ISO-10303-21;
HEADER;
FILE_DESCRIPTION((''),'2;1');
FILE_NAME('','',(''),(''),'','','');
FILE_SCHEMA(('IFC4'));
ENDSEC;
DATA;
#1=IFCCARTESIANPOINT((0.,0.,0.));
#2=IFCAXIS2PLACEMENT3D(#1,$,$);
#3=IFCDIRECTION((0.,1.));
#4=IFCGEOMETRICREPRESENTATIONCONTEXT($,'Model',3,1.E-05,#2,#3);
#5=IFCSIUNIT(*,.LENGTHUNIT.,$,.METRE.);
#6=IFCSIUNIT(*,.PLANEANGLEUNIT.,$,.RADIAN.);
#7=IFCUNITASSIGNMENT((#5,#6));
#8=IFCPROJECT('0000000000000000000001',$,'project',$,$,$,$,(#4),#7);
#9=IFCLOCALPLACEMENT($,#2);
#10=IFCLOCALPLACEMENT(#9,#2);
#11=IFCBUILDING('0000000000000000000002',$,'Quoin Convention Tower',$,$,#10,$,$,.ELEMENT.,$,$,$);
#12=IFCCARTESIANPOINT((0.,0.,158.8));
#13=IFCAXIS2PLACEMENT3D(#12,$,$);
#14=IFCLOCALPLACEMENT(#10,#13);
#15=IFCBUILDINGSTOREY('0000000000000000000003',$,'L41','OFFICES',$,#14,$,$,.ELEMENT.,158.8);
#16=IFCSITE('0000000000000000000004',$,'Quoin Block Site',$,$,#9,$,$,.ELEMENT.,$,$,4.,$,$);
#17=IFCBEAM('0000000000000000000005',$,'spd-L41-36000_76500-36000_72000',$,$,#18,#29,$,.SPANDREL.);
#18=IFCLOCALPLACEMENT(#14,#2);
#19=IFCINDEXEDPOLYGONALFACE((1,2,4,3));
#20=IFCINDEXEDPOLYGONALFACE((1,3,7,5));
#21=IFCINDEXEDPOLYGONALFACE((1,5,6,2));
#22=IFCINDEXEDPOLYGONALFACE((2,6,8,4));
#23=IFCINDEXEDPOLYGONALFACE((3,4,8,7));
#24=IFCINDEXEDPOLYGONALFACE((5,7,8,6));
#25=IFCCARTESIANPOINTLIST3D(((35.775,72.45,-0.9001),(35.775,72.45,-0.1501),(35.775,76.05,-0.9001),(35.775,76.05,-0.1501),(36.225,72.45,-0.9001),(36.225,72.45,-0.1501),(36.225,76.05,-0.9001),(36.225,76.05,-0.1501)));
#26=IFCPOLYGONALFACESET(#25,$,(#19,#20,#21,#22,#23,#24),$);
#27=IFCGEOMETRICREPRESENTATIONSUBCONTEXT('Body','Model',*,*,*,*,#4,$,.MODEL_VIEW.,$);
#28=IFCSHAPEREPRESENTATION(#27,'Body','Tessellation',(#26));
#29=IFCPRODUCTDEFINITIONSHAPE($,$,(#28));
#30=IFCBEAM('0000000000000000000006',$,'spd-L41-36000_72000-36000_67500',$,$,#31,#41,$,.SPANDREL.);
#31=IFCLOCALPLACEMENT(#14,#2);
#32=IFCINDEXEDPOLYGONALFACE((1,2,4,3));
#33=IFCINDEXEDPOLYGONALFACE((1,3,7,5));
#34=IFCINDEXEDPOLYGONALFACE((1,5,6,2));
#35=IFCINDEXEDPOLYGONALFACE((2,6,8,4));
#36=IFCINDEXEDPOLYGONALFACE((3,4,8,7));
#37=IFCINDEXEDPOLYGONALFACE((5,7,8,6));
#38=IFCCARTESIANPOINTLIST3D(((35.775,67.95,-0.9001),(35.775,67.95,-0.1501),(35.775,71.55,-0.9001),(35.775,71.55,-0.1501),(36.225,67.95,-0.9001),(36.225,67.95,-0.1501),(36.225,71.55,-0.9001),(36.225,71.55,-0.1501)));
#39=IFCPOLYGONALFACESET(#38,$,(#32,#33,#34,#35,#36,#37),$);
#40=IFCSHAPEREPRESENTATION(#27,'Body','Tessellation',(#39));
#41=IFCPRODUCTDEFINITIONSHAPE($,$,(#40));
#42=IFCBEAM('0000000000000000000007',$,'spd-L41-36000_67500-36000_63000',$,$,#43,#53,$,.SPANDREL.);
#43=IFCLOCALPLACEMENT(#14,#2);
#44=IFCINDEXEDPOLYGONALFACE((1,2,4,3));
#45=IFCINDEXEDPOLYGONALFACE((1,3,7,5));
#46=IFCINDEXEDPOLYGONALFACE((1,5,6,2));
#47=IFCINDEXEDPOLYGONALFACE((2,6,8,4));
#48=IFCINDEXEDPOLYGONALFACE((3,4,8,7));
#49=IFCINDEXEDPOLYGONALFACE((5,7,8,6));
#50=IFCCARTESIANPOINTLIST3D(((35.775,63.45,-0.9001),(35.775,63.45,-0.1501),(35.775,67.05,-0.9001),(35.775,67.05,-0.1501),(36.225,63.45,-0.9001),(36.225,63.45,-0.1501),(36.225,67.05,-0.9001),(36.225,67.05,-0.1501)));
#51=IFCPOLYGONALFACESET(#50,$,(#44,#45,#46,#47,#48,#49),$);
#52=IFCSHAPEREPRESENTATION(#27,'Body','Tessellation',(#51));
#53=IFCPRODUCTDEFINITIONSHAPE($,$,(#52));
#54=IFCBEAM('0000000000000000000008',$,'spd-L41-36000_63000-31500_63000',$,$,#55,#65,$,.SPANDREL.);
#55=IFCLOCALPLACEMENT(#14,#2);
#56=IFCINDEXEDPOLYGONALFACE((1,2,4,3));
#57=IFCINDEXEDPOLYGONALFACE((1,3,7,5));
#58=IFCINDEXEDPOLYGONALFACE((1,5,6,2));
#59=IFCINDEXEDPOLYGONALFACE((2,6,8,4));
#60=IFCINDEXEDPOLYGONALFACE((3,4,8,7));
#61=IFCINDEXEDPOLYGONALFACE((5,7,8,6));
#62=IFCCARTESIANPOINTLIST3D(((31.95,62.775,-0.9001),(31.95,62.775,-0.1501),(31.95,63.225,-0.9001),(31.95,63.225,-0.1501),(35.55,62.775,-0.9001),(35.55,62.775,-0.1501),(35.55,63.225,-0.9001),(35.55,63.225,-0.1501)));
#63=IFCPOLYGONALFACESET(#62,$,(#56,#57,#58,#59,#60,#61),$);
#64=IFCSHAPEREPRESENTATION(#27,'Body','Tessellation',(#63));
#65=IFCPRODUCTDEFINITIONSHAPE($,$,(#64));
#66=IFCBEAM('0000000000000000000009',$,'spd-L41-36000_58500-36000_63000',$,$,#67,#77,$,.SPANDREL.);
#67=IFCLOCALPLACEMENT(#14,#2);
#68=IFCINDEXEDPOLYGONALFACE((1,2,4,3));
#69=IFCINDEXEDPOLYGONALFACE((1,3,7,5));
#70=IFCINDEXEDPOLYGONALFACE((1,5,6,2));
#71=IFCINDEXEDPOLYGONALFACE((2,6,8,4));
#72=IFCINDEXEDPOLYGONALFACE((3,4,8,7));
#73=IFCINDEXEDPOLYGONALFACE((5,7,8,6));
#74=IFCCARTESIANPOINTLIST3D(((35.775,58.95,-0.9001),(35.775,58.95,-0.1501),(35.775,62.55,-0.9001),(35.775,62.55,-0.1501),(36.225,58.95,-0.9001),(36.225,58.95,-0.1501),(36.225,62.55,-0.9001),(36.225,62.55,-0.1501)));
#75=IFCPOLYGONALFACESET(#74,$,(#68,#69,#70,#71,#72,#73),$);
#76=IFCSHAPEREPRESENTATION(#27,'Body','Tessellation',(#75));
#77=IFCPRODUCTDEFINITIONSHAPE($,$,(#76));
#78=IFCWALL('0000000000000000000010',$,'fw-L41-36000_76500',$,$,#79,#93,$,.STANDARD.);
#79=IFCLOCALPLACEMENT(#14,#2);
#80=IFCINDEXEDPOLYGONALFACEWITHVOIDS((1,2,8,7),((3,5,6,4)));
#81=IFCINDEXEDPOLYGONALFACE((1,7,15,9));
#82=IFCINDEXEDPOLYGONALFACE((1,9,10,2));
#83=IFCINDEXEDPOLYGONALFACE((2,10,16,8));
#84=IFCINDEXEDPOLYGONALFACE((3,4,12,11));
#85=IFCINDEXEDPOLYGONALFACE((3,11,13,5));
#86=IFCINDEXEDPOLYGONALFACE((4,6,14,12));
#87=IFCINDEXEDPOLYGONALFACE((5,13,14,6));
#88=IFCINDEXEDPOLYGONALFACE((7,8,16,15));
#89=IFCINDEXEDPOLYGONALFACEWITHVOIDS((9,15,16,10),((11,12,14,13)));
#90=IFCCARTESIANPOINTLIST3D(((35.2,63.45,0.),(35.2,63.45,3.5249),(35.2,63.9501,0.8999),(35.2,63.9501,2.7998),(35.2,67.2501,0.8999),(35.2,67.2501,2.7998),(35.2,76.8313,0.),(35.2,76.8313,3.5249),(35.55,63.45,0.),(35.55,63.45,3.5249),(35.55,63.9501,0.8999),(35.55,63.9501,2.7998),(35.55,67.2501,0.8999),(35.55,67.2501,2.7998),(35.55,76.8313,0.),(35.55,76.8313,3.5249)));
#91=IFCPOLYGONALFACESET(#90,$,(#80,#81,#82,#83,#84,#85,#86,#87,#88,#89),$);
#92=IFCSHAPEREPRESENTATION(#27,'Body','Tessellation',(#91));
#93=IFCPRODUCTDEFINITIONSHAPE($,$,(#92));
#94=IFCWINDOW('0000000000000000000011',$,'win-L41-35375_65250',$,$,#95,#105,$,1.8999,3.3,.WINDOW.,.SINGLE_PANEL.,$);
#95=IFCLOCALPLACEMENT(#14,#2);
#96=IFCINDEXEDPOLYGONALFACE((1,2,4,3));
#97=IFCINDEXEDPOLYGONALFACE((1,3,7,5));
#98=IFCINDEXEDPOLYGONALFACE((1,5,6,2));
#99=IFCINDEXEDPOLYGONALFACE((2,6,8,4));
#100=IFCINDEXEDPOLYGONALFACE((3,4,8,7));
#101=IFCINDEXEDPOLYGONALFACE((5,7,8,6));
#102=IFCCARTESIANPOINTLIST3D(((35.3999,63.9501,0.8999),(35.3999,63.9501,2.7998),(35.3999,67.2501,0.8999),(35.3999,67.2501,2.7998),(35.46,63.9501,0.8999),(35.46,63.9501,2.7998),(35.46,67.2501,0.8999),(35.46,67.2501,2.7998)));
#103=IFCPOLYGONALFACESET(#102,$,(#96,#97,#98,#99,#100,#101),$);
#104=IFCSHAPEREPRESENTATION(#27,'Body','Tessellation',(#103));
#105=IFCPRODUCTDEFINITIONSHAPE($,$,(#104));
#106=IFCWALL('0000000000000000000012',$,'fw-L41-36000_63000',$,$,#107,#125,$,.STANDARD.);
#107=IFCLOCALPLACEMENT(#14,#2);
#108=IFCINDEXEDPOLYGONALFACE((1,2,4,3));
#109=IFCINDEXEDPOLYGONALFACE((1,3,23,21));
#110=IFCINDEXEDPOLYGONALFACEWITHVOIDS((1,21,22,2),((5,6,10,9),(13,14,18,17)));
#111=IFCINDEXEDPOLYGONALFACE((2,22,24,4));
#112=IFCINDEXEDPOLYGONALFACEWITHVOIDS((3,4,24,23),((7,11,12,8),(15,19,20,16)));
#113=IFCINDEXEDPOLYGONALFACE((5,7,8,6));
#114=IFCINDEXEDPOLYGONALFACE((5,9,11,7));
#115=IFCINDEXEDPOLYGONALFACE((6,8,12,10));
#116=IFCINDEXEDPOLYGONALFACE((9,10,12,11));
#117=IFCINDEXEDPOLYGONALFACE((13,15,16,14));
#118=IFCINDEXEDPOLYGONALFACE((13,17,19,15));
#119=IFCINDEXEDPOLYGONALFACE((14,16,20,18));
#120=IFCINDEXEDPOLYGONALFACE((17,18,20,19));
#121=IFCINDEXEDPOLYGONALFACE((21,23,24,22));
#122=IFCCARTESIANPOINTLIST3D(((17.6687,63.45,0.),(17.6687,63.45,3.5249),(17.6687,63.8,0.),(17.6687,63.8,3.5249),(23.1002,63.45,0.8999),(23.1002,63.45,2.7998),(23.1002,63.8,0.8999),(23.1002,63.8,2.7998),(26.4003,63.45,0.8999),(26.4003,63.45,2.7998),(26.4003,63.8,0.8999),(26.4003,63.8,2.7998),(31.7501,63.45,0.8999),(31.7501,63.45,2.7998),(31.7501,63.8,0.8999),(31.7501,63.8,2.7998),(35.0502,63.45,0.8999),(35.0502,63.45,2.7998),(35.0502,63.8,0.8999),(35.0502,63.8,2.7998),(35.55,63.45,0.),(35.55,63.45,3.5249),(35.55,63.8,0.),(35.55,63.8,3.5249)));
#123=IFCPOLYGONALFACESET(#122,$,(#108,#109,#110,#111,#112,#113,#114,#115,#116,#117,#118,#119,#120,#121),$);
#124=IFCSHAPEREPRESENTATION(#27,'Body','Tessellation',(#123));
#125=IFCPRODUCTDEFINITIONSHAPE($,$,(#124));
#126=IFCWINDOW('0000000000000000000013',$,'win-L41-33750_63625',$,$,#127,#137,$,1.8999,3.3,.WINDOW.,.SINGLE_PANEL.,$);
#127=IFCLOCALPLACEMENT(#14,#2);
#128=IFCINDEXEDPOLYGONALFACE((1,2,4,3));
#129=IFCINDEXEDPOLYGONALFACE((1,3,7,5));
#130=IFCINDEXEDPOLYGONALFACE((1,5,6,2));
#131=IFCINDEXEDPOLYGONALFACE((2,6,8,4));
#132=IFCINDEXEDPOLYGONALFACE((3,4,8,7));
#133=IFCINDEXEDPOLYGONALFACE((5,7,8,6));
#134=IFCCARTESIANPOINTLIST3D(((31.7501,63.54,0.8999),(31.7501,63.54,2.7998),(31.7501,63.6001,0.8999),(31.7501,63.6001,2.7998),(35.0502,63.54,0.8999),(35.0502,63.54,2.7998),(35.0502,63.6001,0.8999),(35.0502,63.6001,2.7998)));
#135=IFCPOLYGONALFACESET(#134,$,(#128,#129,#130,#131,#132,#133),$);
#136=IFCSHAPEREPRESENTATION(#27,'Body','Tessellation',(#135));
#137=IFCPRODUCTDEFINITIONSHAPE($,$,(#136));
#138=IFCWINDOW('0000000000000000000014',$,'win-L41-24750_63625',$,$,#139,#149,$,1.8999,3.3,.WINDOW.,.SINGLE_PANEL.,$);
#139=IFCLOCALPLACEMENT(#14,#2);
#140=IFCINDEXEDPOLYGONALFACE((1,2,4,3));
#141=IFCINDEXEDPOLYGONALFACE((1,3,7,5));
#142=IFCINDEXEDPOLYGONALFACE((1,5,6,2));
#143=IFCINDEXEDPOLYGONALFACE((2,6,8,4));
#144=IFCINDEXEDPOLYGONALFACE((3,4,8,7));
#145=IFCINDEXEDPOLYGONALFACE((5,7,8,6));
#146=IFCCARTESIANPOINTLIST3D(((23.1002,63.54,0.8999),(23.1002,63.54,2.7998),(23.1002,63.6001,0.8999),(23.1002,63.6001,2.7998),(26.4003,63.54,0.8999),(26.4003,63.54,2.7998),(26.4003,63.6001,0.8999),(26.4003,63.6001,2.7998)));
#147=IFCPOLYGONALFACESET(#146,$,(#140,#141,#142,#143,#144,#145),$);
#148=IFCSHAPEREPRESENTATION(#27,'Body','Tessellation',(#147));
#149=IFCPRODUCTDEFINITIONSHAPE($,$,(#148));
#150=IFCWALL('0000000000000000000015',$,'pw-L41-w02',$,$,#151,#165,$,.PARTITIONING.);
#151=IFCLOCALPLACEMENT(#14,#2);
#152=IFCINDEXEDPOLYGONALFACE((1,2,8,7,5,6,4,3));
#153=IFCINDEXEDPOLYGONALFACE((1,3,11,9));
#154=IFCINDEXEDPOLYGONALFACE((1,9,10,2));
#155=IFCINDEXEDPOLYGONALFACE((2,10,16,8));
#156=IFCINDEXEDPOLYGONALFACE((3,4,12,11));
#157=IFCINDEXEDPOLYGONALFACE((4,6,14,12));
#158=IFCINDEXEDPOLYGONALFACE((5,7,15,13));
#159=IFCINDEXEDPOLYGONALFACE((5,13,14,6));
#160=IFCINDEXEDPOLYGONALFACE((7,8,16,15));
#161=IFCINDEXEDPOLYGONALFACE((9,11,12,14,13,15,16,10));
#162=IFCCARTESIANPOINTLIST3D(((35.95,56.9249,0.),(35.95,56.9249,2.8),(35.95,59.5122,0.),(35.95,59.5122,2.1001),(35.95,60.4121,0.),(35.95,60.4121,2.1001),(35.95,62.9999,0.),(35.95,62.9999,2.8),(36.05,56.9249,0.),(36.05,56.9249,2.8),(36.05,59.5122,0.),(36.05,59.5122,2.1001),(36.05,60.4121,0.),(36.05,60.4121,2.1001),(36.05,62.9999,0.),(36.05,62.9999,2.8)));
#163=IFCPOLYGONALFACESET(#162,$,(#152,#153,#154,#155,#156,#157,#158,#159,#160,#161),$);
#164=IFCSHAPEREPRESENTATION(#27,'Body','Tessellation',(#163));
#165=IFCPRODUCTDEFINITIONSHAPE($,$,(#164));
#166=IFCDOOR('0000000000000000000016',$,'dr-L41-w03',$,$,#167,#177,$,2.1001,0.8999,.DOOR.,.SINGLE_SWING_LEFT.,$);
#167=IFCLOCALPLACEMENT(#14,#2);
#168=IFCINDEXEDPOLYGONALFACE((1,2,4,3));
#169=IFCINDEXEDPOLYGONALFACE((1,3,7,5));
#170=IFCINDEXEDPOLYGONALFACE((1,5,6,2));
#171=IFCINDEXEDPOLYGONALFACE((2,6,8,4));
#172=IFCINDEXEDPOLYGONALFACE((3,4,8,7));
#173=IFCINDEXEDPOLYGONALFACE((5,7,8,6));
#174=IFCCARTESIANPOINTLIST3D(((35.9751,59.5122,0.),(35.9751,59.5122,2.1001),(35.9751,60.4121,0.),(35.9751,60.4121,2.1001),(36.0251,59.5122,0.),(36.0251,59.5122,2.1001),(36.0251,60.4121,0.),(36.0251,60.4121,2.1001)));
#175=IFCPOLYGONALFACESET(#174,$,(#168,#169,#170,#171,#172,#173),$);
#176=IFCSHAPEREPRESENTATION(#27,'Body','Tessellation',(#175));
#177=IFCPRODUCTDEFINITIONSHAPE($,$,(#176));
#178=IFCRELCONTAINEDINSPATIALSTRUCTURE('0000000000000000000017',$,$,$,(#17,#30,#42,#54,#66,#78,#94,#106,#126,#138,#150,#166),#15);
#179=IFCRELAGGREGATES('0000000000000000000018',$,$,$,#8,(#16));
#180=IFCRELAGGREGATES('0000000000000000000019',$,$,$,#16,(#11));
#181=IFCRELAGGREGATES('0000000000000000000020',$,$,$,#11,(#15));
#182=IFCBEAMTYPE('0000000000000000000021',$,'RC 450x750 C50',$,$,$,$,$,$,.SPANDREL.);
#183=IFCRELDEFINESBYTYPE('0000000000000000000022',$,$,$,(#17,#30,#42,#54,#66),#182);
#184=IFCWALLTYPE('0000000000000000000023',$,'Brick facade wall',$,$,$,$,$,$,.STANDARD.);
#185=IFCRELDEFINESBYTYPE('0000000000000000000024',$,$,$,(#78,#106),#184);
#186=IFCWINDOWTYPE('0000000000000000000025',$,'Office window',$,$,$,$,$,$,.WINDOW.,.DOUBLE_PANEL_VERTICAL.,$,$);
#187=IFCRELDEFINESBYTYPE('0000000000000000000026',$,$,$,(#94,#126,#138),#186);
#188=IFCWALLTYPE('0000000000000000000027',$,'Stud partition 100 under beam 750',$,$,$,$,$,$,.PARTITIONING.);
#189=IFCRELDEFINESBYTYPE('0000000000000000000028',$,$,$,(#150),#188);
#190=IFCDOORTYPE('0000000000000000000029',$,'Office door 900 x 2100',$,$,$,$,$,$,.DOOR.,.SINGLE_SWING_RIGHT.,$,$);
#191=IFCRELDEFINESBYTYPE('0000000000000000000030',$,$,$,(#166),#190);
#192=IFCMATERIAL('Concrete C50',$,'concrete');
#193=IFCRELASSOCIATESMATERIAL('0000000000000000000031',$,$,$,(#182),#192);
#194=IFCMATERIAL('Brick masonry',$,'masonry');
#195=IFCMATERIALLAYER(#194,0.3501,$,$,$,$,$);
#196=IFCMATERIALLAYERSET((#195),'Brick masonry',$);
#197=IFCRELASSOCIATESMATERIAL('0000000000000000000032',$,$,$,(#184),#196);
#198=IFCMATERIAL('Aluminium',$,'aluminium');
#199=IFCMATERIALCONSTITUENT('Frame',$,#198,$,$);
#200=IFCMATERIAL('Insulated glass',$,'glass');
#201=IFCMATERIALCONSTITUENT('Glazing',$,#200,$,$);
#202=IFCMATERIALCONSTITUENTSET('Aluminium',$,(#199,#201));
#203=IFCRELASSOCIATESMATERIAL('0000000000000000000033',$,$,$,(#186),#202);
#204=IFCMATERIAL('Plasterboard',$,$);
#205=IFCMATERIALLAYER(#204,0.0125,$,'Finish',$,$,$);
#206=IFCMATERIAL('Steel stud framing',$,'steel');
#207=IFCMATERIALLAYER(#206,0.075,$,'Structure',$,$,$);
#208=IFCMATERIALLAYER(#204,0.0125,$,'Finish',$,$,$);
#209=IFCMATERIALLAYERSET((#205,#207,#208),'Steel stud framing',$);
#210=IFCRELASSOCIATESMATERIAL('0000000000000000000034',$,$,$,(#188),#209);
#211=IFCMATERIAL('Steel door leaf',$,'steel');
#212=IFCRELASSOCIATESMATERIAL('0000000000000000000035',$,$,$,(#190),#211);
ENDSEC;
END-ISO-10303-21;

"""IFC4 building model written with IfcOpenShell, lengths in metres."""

from ifc_helpers import new_model, si_unit, direction, frame, frame_2d, origin, origin_2d, place, context, subcontext, project, spatial, rectangle, extrude, material, layer, layer_set, constituent, constituent_set, material_profile, profile_set, type_object, element, fill, save


model = new_model("IFC4")

# Units and contexts
model_context = context("Model", 3, precision=1e-05, world=origin(), true_north=direction((0.0, 1.0)))
body_context = subcontext(model_context, "Body", "Model", "MODEL_VIEW")
ifc_project = project(units=[si_unit("LENGTHUNIT", "METRE"), si_unit("PLANEANGLEUNIT", "RADIAN")], contexts=[model_context])

# Site, building, storey
site_placement = place(None, origin())
site = spatial("IfcSite", under=ifc_project, at=site_placement, Name="Quoin Block Site", CompositionType="ELEMENT", RefElevation=4.0)
building_placement = place(site_placement, origin())
building = spatial("IfcBuilding", under=site, at=building_placement, Name="Quoin Convention Tower", CompositionType="ELEMENT")
storey_placement = place(building_placement, frame((0.0, 0.0, 158.8)))
storey = spatial("IfcBuildingStorey", under=building, at=storey_placement, Name="L41", Description="OFFICES", CompositionType="ELEMENT", Elevation=158.8)

# Shared definitions
ifc_material_1 = material(Name="Concrete C50", Category="concrete")

# Beams
ifc_material_profile_1 = material_profile(ifc_material_1, rectangle(XDim=0.45, YDim=0.75, at=origin_2d()), Name="RC 450x750")
ifc_profile_set_1 = profile_set([ifc_material_profile_1], Name="Concrete C50")
beam_type_1 = type_object("IfcBeamType", Name="RC 450x750 C50", PredefinedType="SPANDREL", material=ifc_profile_set_1)
for number, where, z_axis, x_axis, name in (
    (1, (36.0, 76.05, -0.5251), (0.0, -1.0, 0.0), (1.0, 0.0, 0.0), "spd-L41-36000_76500-36000_72000"),
    (2, (36.0, 71.55, -0.5251), (0.0, -1.0, 0.0), (1.0, 0.0, 0.0), "spd-L41-36000_72000-36000_67500"),
    (3, (36.0, 67.05, -0.5251), (0.0, -1.0, 0.0), (1.0, 0.0, 0.0), "spd-L41-36000_67500-36000_63000"),
    (4, (35.55, 63.0, -0.5251), (-1.0, 0.0, 0.0), (0.0, -1.0, 0.0), "spd-L41-36000_63000-31500_63000"),
    (5, (36.0, 58.95, -0.5251), (0.0, 1.0, 0.0), (-1.0, 0.0, 0.0), "spd-L41-36000_58500-36000_63000"),
):
    element("IfcBeam", number, at=place(storey_placement, frame(where, z_axis=z_axis, x_axis=x_axis)), inside=storey, type_object=beam_type_1, Name=name, PredefinedType="SPANDREL", context=body_context, shape_type="SweptSolid", body=[
        extrude(rectangle(XDim=0.45, YDim=0.75, at=origin_2d()), origin(), (0.0, 0.0, 1.0), 3.6001),
    ])

# Wall, opening, window
ifc_material_2 = material(Name="Brick masonry", Category="masonry")
ifc_layer_1 = layer(ifc_material_2, 0.3501)
ifc_layer_set_1 = layer_set([ifc_layer_1], Name="Brick masonry")
wall_type_1 = type_object("IfcWallType", Name="Brick facade wall", PredefinedType="STANDARD", material=ifc_layer_set_1)
wall_1_placement = place(storey_placement, frame((35.375, 76.8313, 0.0), z_axis=(0.0, 0.0, 1.0), x_axis=(0.0, -1.0, 0.0)))
wall_1 = element("IfcWall", 6, at=wall_1_placement, inside=storey, type_object=wall_type_1, Name="fw-L41-36000_76500", PredefinedType="STANDARD", context=body_context, shape_type="SweptSolid", body=[
    extrude(rectangle(XDim=13.3813, YDim=0.3501, at=frame_2d((6.6907, 0.0))), origin(), (0.0, 0.0, 1.0), 3.5249),
])
opening_1_placement = place(wall_1_placement, frame((9.5813, 0.0, 0.8999)))
opening_1 = element("IfcOpeningElement", 7, at=opening_1_placement, cuts=wall_1, PredefinedType="OPENING", context=body_context, shape_type="SweptSolid", body=[
    extrude(rectangle(XDim=3.3, YDim=1.8999, at=frame_2d((1.6499, 0.95))), frame((0.0, 0.1851, 0.0), z_axis=(0.0, -1.0, 0.0), x_axis=(1.0, 0.0, 0.0)), (0.0, 0.0, 1.0), 0.3701),
])
ifc_material_3 = material(Name="Aluminium", Category="aluminium")
ifc_constituent_1 = constituent(ifc_material_3, Name="Frame")
ifc_material_4 = material(Name="Insulated glass", Category="glass")
ifc_constituent_2 = constituent(ifc_material_4, Name="Glazing")
ifc_constituent_set = constituent_set(constituents=[ifc_constituent_1, ifc_constituent_2], Name="Aluminium")
window_type = type_object("IfcWindowType", Name="Office window", PartitioningType="DOUBLE_PANEL_VERTICAL", PredefinedType="WINDOW", material=ifc_constituent_set)
window_1_placement = place(opening_1_placement, origin())
window_1 = element("IfcWindow", 8, at=window_1_placement, inside=storey, type_object=window_type, Name="win-L41-35375_65250", OverallHeight=1.8999, OverallWidth=3.3, PartitioningType="SINGLE_PANEL", PredefinedType="WINDOW", context=body_context, shape_type="SweptSolid", body=[
    extrude(rectangle(XDim=3.3, YDim=1.8999, at=frame_2d((1.6499, 0.95))), frame((0.0, 0.085, 0.0), z_axis=(0.0, -1.0, 0.0), x_axis=(1.0, 0.0, 0.0)), (0.0, 0.0, 1.0), 0.0601),
])
fill(opening_1, window_1)

# Wall, openings, windows
wall_2_placement = place(storey_placement, frame((35.55, 63.625, 0.0), z_axis=(0.0, 0.0, 1.0), x_axis=(-1.0, 0.0, 0.0)))
wall_2 = element("IfcWall", 9, at=wall_2_placement, inside=storey, type_object=wall_type_1, Name="fw-L41-36000_63000", PredefinedType="STANDARD", context=body_context, shape_type="SweptSolid", body=[
    extrude(rectangle(XDim=17.8813, YDim=0.3501, at=frame_2d((8.9407, 0.0))), origin(), (0.0, 0.0, 1.0), 3.5249),
])
opening_2_placement = place(wall_2_placement, frame((0.5, 0.0, 0.8999)))
opening_2 = element("IfcOpeningElement", 10, at=opening_2_placement, cuts=wall_2, PredefinedType="OPENING", context=body_context, shape_type="SweptSolid", body=[
    extrude(rectangle(XDim=3.3, YDim=1.8999, at=frame_2d((1.6499, 0.95))), frame((0.0, 0.1851, 0.0), z_axis=(0.0, -1.0, 0.0), x_axis=(1.0, 0.0, 0.0)), (0.0, 0.0, 1.0), 0.3701),
])
opening_3_placement = place(wall_2_placement, frame((9.1499, 0.0, 0.8999)))
opening_3 = element("IfcOpeningElement", 11, at=opening_3_placement, cuts=wall_2, PredefinedType="OPENING", context=body_context, shape_type="SweptSolid", body=[
    extrude(rectangle(XDim=3.3, YDim=1.8999, at=frame_2d((1.6499, 0.95))), frame((0.0, 0.1851, 0.0), z_axis=(0.0, -1.0, 0.0), x_axis=(1.0, 0.0, 0.0)), (0.0, 0.0, 1.0), 0.3701),
])
window_2_placement = place(opening_2_placement, origin())
window_2 = element("IfcWindow", 12, at=window_2_placement, inside=storey, type_object=window_type, Name="win-L41-33750_63625", OverallHeight=1.8999, OverallWidth=3.3, PartitioningType="SINGLE_PANEL", PredefinedType="WINDOW", context=body_context, shape_type="SweptSolid", body=[
    extrude(rectangle(XDim=3.3, YDim=1.8999, at=frame_2d((1.6499, 0.95))), frame((0.0, 0.085, 0.0), z_axis=(0.0, -1.0, 0.0), x_axis=(1.0, 0.0, 0.0)), (0.0, 0.0, 1.0), 0.0601),
])
fill(opening_2, window_2)
window_3_placement = place(opening_3_placement, origin())
window_3 = element("IfcWindow", 13, at=window_3_placement, inside=storey, type_object=window_type, Name="win-L41-24750_63625", OverallHeight=1.8999, OverallWidth=3.3, PartitioningType="SINGLE_PANEL", PredefinedType="WINDOW", context=body_context, shape_type="SweptSolid", body=[
    extrude(rectangle(XDim=3.3, YDim=1.8999, at=frame_2d((1.6499, 0.95))), frame((0.0, 0.085, 0.0), z_axis=(0.0, -1.0, 0.0), x_axis=(1.0, 0.0, 0.0)), (0.0, 0.0, 1.0), 0.0601),
])
fill(opening_3, window_3)

# Wall, opening, door
ifc_material_5 = material(Name="Plasterboard")
ifc_layer_2 = layer(ifc_material_5, 0.0125, Name="Finish")
ifc_material_6 = material(Name="Steel stud framing", Category="steel")
ifc_layer_3 = layer(ifc_material_6, 0.075, Name="Structure")
ifc_layer_4 = layer(ifc_material_5, 0.0125, Name="Finish")
ifc_layer_set_2 = layer_set([ifc_layer_2, ifc_layer_3, ifc_layer_4], Name="Steel stud framing")
wall_type_2 = type_object("IfcWallType", Name="Stud partition 100 under beam 750", PredefinedType="PARTITIONING", material=ifc_layer_set_2)
wall_3_placement = place(storey_placement, frame((36.0, 63.0, 0.0), z_axis=(0.0, 0.0, 1.0), x_axis=(0.0, -1.0, 0.0)))
wall_3 = element("IfcWall", 14, at=wall_3_placement, inside=storey, type_object=wall_type_2, Name="pw-L41-w02", PredefinedType="PARTITIONING", context=body_context, shape_type="SweptSolid", body=[
    extrude(rectangle(XDim=6.075, YDim=0.1001, at=frame_2d((3.0376, 0.0))), origin(), (0.0, 0.0, 1.0), 2.8),
])
opening_4_placement = place(wall_3_placement, frame((2.5879, 0.0, 0.0)))
opening_4 = element("IfcOpeningElement", 15, at=opening_4_placement, cuts=wall_3, PredefinedType="OPENING", context=body_context, shape_type="SweptSolid", body=[
    extrude(rectangle(XDim=0.8999, YDim=2.1001, at=frame_2d((0.45, 1.05))), frame((0.0, 0.0601, 0.0), z_axis=(0.0, -1.0, 0.0), x_axis=(1.0, 0.0, 0.0)), (0.0, 0.0, 1.0), 0.1201),
])
ifc_material_7 = material(Name="Steel door leaf", Category="steel")
door_type = type_object("IfcDoorType", Name="Office door 900 x 2100", OperationType="SINGLE_SWING_RIGHT", PredefinedType="DOOR", material=ifc_material_7)
door_placement = place(opening_4_placement, frame((0.8999, 0.0, 0.0), z_axis=(0.0, 0.0, 1.0), x_axis=(-1.0, 0.0, 0.0)))
door = element("IfcDoor", 16, at=door_placement, inside=storey, type_object=door_type, Name="dr-L41-w03", OperationType="SINGLE_SWING_LEFT", OverallHeight=2.1001, OverallWidth=0.8999, PredefinedType="DOOR", context=body_context, shape_type="SweptSolid", body=[
    extrude(rectangle(XDim=0.8999, YDim=2.1001, at=frame_2d((0.45, 1.05))), frame((0.0, 0.0249, 0.0), z_axis=(0.0, -1.0, 0.0), x_axis=(1.0, 0.0, 0.0)), (0.0, 0.0, 1.0), 0.05),
])
fill(opening_4, door)

save(model, "model.ifc")
